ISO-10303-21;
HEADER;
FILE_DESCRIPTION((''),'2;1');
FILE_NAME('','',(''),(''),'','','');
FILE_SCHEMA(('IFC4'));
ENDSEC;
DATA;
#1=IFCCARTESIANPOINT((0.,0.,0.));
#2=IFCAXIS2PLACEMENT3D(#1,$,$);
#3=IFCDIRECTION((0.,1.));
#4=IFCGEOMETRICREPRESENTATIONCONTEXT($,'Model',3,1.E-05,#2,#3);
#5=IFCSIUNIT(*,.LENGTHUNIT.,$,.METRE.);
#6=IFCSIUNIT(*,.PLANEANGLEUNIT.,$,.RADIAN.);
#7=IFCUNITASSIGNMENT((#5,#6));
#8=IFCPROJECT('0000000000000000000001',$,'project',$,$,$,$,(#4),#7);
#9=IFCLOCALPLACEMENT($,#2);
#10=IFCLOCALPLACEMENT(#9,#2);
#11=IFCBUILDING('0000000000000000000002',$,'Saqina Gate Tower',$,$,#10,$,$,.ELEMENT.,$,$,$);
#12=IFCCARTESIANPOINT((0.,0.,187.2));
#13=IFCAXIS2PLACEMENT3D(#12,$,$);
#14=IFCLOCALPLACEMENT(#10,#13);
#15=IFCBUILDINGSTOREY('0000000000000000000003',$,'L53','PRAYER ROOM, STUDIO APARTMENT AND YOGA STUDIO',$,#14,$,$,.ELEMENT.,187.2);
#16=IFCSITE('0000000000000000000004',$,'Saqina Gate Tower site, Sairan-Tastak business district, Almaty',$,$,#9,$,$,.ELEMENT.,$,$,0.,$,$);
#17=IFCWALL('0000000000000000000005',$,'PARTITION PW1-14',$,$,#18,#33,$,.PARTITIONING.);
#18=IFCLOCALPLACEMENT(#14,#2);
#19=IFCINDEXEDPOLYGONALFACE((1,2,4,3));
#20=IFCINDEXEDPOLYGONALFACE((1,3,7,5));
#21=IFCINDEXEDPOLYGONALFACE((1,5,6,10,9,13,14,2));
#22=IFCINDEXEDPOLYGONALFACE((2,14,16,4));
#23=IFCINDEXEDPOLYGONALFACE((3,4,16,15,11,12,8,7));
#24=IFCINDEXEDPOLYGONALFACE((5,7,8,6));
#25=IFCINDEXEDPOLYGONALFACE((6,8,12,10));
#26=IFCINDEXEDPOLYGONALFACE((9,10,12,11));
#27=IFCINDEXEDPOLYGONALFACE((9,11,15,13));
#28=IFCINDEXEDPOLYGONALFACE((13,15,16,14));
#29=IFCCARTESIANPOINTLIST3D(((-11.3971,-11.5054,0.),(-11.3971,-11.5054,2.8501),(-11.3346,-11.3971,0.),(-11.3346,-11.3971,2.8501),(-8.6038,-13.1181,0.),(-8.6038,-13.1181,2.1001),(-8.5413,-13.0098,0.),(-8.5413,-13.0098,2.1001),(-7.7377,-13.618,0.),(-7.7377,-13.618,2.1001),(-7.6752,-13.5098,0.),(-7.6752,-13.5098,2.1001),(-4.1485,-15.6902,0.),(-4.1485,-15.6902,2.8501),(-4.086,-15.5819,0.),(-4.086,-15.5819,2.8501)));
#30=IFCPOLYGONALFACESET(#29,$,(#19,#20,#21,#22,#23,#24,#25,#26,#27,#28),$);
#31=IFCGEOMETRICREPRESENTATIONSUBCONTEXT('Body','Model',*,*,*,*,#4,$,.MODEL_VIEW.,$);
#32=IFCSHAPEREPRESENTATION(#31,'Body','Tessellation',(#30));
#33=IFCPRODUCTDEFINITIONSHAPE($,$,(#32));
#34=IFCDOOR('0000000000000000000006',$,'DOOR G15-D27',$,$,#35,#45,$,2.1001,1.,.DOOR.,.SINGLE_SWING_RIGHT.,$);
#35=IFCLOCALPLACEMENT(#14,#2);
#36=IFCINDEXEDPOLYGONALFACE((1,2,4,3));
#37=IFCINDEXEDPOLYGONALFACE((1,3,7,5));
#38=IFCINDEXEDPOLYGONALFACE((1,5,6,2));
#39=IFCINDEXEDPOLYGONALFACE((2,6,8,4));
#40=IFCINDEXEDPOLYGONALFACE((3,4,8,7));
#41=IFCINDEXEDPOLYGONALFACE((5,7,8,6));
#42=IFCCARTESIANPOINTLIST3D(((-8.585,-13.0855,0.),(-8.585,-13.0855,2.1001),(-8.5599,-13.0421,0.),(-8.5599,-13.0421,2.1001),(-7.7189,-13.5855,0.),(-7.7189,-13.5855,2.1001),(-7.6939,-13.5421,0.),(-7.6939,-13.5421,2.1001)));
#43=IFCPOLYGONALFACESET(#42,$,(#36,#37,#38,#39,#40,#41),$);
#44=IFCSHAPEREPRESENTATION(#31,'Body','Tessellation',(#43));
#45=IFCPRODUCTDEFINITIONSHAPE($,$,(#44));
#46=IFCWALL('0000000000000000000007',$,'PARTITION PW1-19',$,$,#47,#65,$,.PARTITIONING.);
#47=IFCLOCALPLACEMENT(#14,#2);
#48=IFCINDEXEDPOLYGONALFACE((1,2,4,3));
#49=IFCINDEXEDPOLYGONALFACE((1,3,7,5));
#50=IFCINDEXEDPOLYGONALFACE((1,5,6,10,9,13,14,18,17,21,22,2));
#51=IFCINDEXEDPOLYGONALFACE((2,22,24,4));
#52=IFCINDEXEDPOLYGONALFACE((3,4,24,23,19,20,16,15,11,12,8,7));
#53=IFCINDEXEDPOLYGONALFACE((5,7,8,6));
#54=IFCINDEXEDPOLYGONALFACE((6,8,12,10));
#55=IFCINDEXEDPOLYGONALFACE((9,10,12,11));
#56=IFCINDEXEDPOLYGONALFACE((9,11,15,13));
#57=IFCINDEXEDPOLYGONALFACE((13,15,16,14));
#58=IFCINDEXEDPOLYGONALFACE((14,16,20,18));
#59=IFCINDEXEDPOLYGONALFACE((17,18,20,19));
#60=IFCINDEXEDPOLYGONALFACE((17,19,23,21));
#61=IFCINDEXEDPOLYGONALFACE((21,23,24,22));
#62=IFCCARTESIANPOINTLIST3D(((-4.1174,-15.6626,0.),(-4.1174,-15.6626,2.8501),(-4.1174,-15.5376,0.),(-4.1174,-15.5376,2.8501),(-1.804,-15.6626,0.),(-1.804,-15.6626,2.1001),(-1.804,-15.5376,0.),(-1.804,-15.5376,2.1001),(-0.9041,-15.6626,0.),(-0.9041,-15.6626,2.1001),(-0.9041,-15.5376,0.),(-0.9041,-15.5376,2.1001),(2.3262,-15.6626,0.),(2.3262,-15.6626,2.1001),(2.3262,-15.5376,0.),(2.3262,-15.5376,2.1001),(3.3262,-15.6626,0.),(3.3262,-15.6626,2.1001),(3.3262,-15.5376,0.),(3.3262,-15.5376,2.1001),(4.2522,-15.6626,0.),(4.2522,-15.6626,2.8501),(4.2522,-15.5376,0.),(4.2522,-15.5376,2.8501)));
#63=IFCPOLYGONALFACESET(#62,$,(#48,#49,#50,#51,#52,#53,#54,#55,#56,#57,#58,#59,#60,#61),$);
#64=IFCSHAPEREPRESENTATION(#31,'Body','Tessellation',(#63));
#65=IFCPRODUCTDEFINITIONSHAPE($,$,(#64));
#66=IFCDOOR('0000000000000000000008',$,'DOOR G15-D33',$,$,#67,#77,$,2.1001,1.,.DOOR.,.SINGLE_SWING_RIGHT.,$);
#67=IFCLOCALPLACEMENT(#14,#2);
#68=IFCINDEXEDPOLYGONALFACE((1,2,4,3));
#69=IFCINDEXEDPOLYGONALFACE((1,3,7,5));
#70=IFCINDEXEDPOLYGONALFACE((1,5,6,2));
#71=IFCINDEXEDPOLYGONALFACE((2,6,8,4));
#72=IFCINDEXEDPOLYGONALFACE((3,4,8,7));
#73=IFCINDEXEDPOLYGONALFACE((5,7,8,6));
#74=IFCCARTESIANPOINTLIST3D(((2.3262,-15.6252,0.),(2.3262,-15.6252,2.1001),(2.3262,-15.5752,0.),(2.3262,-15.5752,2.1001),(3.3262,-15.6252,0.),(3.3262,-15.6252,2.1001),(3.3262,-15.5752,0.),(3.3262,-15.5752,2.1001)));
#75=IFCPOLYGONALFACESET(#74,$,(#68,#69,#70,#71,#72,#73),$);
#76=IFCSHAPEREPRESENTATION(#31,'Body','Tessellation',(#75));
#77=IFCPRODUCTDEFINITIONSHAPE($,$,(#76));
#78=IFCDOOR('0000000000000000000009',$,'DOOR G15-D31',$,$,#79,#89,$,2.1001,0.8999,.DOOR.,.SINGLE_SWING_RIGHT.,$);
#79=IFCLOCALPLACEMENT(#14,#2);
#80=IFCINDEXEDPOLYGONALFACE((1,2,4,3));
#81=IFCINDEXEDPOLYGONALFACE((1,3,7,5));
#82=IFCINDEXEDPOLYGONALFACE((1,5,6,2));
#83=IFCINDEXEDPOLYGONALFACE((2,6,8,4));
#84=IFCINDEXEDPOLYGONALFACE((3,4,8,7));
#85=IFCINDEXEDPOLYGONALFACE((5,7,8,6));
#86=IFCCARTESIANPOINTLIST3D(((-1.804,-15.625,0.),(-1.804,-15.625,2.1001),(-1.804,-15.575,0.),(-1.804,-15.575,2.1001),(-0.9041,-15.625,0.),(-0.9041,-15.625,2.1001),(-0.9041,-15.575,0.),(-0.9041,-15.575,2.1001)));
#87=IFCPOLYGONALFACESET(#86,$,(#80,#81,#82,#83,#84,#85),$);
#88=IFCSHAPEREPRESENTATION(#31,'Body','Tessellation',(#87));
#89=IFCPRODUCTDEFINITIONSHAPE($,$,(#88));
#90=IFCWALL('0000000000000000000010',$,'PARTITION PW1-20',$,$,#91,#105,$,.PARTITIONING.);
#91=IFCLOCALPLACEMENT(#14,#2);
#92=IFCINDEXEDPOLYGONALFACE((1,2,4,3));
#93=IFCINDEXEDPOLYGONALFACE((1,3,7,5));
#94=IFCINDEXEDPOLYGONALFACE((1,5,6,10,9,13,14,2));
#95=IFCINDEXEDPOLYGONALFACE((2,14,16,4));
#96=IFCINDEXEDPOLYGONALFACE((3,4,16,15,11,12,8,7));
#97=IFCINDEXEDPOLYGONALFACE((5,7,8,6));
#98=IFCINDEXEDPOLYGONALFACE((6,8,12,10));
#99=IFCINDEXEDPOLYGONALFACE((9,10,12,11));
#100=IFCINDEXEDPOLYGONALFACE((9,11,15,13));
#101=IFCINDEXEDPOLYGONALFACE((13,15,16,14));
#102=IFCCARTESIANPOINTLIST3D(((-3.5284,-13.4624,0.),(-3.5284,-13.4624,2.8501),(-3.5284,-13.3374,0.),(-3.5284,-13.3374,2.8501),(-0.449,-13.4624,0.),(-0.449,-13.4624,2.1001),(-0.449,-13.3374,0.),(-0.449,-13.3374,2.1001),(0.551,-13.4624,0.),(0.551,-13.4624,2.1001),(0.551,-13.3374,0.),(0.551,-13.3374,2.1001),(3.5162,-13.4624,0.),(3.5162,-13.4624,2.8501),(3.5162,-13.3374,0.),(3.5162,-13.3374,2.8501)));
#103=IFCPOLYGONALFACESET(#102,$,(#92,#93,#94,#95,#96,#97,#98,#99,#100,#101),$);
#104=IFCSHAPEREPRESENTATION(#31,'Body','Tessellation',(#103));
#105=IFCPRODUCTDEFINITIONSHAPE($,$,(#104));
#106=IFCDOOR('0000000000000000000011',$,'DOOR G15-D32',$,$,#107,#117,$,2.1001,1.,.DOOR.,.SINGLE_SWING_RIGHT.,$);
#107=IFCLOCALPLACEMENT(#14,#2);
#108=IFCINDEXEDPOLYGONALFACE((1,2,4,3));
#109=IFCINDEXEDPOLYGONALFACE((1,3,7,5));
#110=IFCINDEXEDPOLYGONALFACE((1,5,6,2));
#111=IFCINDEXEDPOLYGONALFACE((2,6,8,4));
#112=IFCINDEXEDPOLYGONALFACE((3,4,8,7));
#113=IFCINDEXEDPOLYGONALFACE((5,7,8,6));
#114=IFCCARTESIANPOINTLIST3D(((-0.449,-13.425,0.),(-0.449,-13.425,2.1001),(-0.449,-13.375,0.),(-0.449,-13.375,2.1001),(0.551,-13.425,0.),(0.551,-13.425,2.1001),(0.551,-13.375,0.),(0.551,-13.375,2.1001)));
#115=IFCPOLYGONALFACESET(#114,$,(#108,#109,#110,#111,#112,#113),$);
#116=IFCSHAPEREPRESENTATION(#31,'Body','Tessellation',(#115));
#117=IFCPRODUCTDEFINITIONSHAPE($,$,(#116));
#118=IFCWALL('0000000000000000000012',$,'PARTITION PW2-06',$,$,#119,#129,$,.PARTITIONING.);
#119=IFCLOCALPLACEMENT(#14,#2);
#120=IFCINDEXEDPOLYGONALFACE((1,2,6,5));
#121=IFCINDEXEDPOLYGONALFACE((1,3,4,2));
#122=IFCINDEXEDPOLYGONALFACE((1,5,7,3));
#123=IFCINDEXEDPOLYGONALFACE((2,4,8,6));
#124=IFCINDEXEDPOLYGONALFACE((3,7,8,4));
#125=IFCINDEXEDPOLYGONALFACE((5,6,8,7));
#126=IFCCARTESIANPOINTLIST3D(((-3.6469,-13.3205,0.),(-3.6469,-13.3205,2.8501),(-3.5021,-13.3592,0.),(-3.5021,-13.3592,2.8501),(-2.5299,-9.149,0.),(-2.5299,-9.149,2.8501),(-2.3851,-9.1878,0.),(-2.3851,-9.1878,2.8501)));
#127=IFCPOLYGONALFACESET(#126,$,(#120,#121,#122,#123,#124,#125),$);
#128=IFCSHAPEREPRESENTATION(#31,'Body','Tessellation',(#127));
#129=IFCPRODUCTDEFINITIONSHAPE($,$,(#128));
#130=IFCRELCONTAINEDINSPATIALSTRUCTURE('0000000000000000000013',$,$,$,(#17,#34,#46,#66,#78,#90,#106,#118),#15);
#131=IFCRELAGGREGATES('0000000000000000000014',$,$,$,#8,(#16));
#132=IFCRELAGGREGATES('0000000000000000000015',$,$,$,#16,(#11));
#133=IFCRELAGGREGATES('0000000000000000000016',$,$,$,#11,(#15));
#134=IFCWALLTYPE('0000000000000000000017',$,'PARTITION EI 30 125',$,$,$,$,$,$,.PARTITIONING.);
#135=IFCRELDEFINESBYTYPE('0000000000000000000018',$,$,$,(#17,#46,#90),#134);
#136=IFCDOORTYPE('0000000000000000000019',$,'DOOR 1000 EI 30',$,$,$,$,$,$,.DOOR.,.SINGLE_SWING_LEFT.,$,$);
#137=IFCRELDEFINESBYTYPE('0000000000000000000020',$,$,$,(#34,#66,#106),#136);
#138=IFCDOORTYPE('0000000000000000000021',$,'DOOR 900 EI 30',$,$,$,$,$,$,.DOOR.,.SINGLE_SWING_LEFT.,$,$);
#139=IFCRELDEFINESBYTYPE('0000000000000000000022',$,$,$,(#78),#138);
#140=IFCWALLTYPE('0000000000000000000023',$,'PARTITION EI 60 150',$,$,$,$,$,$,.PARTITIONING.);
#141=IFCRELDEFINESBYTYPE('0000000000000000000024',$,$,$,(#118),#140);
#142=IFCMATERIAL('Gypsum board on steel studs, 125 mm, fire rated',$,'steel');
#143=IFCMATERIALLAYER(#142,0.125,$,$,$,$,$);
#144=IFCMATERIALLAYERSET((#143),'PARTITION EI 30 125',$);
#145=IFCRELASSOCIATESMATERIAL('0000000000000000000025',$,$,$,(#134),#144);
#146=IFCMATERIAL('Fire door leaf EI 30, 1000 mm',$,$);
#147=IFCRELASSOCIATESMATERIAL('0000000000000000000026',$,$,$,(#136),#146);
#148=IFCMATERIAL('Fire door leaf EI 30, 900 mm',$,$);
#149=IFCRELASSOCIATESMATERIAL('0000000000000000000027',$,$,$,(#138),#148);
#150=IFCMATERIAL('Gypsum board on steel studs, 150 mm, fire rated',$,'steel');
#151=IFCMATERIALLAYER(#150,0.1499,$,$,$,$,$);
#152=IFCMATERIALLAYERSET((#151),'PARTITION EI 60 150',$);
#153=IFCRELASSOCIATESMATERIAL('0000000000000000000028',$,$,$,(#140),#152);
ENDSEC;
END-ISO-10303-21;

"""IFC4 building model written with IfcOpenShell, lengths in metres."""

from ifc_helpers import new_model, si_unit, direction, frame, frame_2d, origin, place, context, subcontext, project, spatial, rectangle, extrude, material, layer, layer_set, type_object, element, fill, save


model = new_model("IFC4")

# Units and contexts
model_context = context("Model", 3, precision=1e-05, world=origin(), true_north=direction((0.0, 1.0)))
body_context = subcontext(model_context, "Body", "Model", "MODEL_VIEW")
ifc_project = project(units=[si_unit("LENGTHUNIT", "METRE"), si_unit("PLANEANGLEUNIT", "RADIAN")], contexts=[model_context])

# Site, building, storey
site_placement = place(None, origin())
site = spatial("IfcSite", under=ifc_project, at=site_placement, Name="Saqina Gate Tower site, Sairan-Tastak business district, Almaty", CompositionType="ELEMENT", RefElevation=0.0)
building_placement = place(site_placement, origin())
building = spatial("IfcBuilding", under=site, at=building_placement, Name="Saqina Gate Tower", CompositionType="ELEMENT")
storey_placement = place(building_placement, frame((0.0, 0.0, 187.2)))
storey = spatial("IfcBuildingStorey", under=building, at=storey_placement, Name="L53", Description="PRAYER ROOM, STUDIO APARTMENT AND YOGA STUDIO", CompositionType="ELEMENT", Elevation=187.2)

# Shared definitions
ifc_material_1 = material(Name="Gypsum board on steel studs, 125 mm, fire rated", Category="steel")
ifc_layer_1 = layer(ifc_material_1, 0.125)
ifc_layer_set_1 = layer_set([ifc_layer_1], Name="PARTITION EI 30 125")
wall_type_1 = type_object("IfcWallType", Name="PARTITION EI 30 125", PredefinedType="PARTITIONING", material=ifc_layer_set_1)

# Wall, opening, door
wall_1_placement = place(storey_placement, frame((-11.366, -11.4512, 0.0), z_axis=(0.0, 0.0, 1.0), x_axis=(0.866032, -0.499988, 0.0)))
wall_1 = element("IfcWall", 1, at=wall_1_placement, inside=storey, type_object=wall_type_1, Name="PARTITION PW1-14", PredefinedType="PARTITIONING", context=body_context, shape_type="SweptSolid", body=[
    extrude(rectangle(XDim=8.3699, YDim=0.125, at=frame_2d((4.1851, 0.0))), origin(), (0.0, 0.0, 1.0), 2.8501),
])
opening_1_placement = place(wall_1_placement, frame((3.2256, 0.0, 0.0)))
opening_1 = element("IfcOpeningElement", 2, at=opening_1_placement, cuts=wall_1, PredefinedType="OPENING", context=body_context, shape_type="SweptSolid", body=[
    extrude(rectangle(XDim=1.0, YDim=2.1001, at=frame_2d((0.5, 1.05))), frame((0.0, 0.0745, 0.0), z_axis=(0.0, -1.0, 0.0), x_axis=(1.0, 0.0, 0.0)), (0.0, 0.0, 1.0), 0.1489),
])
ifc_material_2 = material(Name="Fire door leaf EI 30, 1000 mm")
door_type_1 = type_object("IfcDoorType", Name="DOOR 1000 EI 30", OperationType="SINGLE_SWING_LEFT", PredefinedType="DOOR", material=ifc_material_2)
door_1_placement = place(opening_1_placement, frame((1.0, 0.0, 0.0), z_axis=(0.0, 0.0, 1.0), x_axis=(-1.0, 0.0, 0.0)))
door_1 = element("IfcDoor", 3, at=door_1_placement, inside=storey, type_object=door_type_1, Name="DOOR G15-D27", OperationType="SINGLE_SWING_RIGHT", OverallHeight=2.1001, OverallWidth=1.0, PredefinedType="DOOR", context=body_context, shape_type="SweptSolid", body=[
    extrude(rectangle(XDim=1.0, YDim=2.1001, at=frame_2d((0.5, 1.05))), frame((0.0, 0.0249, 0.0), z_axis=(0.0, -1.0, 0.0), x_axis=(1.0, 0.0, 0.0)), (0.0, 0.0, 1.0), 0.05),
])
fill(opening_1, door_1)

# Wall, openings, doors
wall_2_placement = place(storey_placement, frame((-4.1174, -15.6001, 0.0), z_axis=(0.0, 0.0, 1.0), x_axis=(1.0, 0.0, 0.0)))
wall_2 = element("IfcWall", 4, at=wall_2_placement, inside=storey, type_object=wall_type_1, Name="PARTITION PW1-19", PredefinedType="PARTITIONING", context=body_context, shape_type="SweptSolid", body=[
    extrude(rectangle(XDim=8.3696, YDim=0.125, at=frame_2d((4.1848, 0.0))), origin(), (0.0, 0.0, 1.0), 2.8501),
])
opening_2_placement = place(wall_2_placement, frame((2.3135, 0.0, 0.0)))
opening_2 = element("IfcOpeningElement", 5, at=opening_2_placement, cuts=wall_2, PredefinedType="OPENING", context=body_context, shape_type="SweptSolid", body=[
    extrude(rectangle(XDim=0.8999, YDim=2.1001, at=frame_2d((0.45, 1.05))), frame((0.0, 0.0745, 0.0), z_axis=(0.0, -1.0, 0.0), x_axis=(1.0, 0.0, 0.0)), (0.0, 0.0, 1.0), 0.1489),
])
opening_3_placement = place(wall_2_placement, frame((6.4436, 0.0, 0.0)))
opening_3 = element("IfcOpeningElement", 6, at=opening_3_placement, cuts=wall_2, PredefinedType="OPENING", context=body_context, shape_type="SweptSolid", body=[
    extrude(rectangle(XDim=1.0, YDim=2.1001, at=frame_2d((0.5, 1.05))), frame((0.0, 0.0745, 0.0), z_axis=(0.0, -1.0, 0.0), x_axis=(1.0, 0.0, 0.0)), (0.0, 0.0, 1.0), 0.1489),
])
door_2_placement = place(opening_3_placement, origin())
door_2 = element("IfcDoor", 7, at=door_2_placement, inside=storey, type_object=door_type_1, Name="DOOR G15-D33", OperationType="SINGLE_SWING_RIGHT", OverallHeight=2.1001, OverallWidth=1.0, PredefinedType="DOOR", context=body_context, shape_type="SweptSolid", body=[
    extrude(rectangle(XDim=1.0, YDim=2.1001, at=frame_2d((0.5, 1.05))), frame((0.0, 0.0249, 0.0), z_axis=(0.0, -1.0, 0.0), x_axis=(1.0, 0.0, 0.0)), (0.0, 0.0, 1.0), 0.05),
])
fill(opening_3, door_2)
ifc_material_3 = material(Name="Fire door leaf EI 30, 900 mm")
door_type_2 = type_object("IfcDoorType", Name="DOOR 900 EI 30", OperationType="SINGLE_SWING_LEFT", PredefinedType="DOOR", material=ifc_material_3)
door_3_placement = place(opening_2_placement, frame((0.8999, 0.0, 0.0), z_axis=(0.0, 0.0, 1.0), x_axis=(-1.0, 0.0, 0.0)))
door_3 = element("IfcDoor", 8, at=door_3_placement, inside=storey, type_object=door_type_2, Name="DOOR G15-D31", OperationType="SINGLE_SWING_RIGHT", OverallHeight=2.1001, OverallWidth=0.8999, PredefinedType="DOOR", context=body_context, shape_type="SweptSolid", body=[
    extrude(rectangle(XDim=0.8999, YDim=2.1001, at=frame_2d((0.45, 1.05))), frame((0.0, 0.0249, 0.0), z_axis=(0.0, -1.0, 0.0), x_axis=(1.0, 0.0, 0.0)), (0.0, 0.0, 1.0), 0.05),
])
fill(opening_2, door_3)

# Wall, opening, door
wall_3_placement = place(storey_placement, frame((-3.5286, -13.3999, 0.0), z_axis=(0.0, 0.0, 1.0), x_axis=(1.0, 0.0, 0.0)))
wall_3 = element("IfcWall", 9, at=wall_3_placement, inside=storey, type_object=wall_type_1, Name="PARTITION PW1-20", PredefinedType="PARTITIONING", context=body_context, shape_type="SweptSolid", body=[
    extrude(rectangle(XDim=7.0447, YDim=0.125, at=frame_2d((3.5225, 0.0))), origin(), (0.0, 0.0, 1.0), 2.8501),
])
opening_4_placement = place(wall_3_placement, frame((3.0796, 0.0, 0.0)))
opening_4 = element("IfcOpeningElement", 10, at=opening_4_placement, cuts=wall_3, PredefinedType="OPENING", context=body_context, shape_type="SweptSolid", body=[
    extrude(rectangle(XDim=1.0, YDim=2.1001, at=frame_2d((0.5, 1.05))), frame((0.0, 0.0745, 0.0), z_axis=(0.0, -1.0, 0.0), x_axis=(1.0, 0.0, 0.0)), (0.0, 0.0, 1.0), 0.1489),
])
door_4_placement = place(opening_4_placement, origin())
door_4 = element("IfcDoor", 11, at=door_4_placement, inside=storey, type_object=door_type_1, Name="DOOR G15-D32", OperationType="SINGLE_SWING_RIGHT", OverallHeight=2.1001, OverallWidth=1.0, PredefinedType="DOOR", context=body_context, shape_type="SweptSolid", body=[
    extrude(rectangle(XDim=1.0, YDim=2.1001, at=frame_2d((0.5, 1.05))), frame((0.0, 0.0249, 0.0), z_axis=(0.0, -1.0, 0.0), x_axis=(1.0, 0.0, 0.0)), (0.0, 0.0, 1.0), 0.05),
])
fill(opening_4, door_4)

# Wall
ifc_material_4 = material(Name="Gypsum board on steel studs, 150 mm, fire rated", Category="steel")
ifc_layer_2 = layer(ifc_material_4, 0.1499)
ifc_layer_set_2 = layer_set([ifc_layer_2], Name="PARTITION EI 60 150")
wall_type_2 = type_object("IfcWallType", Name="PARTITION EI 60 150", PredefinedType="PARTITIONING", material=ifc_layer_set_2)
wall_4_placement = place(storey_placement, frame((-3.5745, -13.3398, 0.0), z_axis=(0.0, 0.0, 1.0), x_axis=(0.258651, 0.965971, 0.0)))
element("IfcWall", 12, at=wall_4_placement, inside=storey, type_object=wall_type_2, Name="PARTITION PW2-06", PredefinedType="PARTITIONING", context=body_context, shape_type="SweptSolid", body=[
    extrude(rectangle(XDim=4.3184, YDim=0.1499, at=frame_2d((2.1592, 0.0))), origin(), (0.0, 0.0, 1.0), 2.8501),
])

save(model, "model.ifc")
